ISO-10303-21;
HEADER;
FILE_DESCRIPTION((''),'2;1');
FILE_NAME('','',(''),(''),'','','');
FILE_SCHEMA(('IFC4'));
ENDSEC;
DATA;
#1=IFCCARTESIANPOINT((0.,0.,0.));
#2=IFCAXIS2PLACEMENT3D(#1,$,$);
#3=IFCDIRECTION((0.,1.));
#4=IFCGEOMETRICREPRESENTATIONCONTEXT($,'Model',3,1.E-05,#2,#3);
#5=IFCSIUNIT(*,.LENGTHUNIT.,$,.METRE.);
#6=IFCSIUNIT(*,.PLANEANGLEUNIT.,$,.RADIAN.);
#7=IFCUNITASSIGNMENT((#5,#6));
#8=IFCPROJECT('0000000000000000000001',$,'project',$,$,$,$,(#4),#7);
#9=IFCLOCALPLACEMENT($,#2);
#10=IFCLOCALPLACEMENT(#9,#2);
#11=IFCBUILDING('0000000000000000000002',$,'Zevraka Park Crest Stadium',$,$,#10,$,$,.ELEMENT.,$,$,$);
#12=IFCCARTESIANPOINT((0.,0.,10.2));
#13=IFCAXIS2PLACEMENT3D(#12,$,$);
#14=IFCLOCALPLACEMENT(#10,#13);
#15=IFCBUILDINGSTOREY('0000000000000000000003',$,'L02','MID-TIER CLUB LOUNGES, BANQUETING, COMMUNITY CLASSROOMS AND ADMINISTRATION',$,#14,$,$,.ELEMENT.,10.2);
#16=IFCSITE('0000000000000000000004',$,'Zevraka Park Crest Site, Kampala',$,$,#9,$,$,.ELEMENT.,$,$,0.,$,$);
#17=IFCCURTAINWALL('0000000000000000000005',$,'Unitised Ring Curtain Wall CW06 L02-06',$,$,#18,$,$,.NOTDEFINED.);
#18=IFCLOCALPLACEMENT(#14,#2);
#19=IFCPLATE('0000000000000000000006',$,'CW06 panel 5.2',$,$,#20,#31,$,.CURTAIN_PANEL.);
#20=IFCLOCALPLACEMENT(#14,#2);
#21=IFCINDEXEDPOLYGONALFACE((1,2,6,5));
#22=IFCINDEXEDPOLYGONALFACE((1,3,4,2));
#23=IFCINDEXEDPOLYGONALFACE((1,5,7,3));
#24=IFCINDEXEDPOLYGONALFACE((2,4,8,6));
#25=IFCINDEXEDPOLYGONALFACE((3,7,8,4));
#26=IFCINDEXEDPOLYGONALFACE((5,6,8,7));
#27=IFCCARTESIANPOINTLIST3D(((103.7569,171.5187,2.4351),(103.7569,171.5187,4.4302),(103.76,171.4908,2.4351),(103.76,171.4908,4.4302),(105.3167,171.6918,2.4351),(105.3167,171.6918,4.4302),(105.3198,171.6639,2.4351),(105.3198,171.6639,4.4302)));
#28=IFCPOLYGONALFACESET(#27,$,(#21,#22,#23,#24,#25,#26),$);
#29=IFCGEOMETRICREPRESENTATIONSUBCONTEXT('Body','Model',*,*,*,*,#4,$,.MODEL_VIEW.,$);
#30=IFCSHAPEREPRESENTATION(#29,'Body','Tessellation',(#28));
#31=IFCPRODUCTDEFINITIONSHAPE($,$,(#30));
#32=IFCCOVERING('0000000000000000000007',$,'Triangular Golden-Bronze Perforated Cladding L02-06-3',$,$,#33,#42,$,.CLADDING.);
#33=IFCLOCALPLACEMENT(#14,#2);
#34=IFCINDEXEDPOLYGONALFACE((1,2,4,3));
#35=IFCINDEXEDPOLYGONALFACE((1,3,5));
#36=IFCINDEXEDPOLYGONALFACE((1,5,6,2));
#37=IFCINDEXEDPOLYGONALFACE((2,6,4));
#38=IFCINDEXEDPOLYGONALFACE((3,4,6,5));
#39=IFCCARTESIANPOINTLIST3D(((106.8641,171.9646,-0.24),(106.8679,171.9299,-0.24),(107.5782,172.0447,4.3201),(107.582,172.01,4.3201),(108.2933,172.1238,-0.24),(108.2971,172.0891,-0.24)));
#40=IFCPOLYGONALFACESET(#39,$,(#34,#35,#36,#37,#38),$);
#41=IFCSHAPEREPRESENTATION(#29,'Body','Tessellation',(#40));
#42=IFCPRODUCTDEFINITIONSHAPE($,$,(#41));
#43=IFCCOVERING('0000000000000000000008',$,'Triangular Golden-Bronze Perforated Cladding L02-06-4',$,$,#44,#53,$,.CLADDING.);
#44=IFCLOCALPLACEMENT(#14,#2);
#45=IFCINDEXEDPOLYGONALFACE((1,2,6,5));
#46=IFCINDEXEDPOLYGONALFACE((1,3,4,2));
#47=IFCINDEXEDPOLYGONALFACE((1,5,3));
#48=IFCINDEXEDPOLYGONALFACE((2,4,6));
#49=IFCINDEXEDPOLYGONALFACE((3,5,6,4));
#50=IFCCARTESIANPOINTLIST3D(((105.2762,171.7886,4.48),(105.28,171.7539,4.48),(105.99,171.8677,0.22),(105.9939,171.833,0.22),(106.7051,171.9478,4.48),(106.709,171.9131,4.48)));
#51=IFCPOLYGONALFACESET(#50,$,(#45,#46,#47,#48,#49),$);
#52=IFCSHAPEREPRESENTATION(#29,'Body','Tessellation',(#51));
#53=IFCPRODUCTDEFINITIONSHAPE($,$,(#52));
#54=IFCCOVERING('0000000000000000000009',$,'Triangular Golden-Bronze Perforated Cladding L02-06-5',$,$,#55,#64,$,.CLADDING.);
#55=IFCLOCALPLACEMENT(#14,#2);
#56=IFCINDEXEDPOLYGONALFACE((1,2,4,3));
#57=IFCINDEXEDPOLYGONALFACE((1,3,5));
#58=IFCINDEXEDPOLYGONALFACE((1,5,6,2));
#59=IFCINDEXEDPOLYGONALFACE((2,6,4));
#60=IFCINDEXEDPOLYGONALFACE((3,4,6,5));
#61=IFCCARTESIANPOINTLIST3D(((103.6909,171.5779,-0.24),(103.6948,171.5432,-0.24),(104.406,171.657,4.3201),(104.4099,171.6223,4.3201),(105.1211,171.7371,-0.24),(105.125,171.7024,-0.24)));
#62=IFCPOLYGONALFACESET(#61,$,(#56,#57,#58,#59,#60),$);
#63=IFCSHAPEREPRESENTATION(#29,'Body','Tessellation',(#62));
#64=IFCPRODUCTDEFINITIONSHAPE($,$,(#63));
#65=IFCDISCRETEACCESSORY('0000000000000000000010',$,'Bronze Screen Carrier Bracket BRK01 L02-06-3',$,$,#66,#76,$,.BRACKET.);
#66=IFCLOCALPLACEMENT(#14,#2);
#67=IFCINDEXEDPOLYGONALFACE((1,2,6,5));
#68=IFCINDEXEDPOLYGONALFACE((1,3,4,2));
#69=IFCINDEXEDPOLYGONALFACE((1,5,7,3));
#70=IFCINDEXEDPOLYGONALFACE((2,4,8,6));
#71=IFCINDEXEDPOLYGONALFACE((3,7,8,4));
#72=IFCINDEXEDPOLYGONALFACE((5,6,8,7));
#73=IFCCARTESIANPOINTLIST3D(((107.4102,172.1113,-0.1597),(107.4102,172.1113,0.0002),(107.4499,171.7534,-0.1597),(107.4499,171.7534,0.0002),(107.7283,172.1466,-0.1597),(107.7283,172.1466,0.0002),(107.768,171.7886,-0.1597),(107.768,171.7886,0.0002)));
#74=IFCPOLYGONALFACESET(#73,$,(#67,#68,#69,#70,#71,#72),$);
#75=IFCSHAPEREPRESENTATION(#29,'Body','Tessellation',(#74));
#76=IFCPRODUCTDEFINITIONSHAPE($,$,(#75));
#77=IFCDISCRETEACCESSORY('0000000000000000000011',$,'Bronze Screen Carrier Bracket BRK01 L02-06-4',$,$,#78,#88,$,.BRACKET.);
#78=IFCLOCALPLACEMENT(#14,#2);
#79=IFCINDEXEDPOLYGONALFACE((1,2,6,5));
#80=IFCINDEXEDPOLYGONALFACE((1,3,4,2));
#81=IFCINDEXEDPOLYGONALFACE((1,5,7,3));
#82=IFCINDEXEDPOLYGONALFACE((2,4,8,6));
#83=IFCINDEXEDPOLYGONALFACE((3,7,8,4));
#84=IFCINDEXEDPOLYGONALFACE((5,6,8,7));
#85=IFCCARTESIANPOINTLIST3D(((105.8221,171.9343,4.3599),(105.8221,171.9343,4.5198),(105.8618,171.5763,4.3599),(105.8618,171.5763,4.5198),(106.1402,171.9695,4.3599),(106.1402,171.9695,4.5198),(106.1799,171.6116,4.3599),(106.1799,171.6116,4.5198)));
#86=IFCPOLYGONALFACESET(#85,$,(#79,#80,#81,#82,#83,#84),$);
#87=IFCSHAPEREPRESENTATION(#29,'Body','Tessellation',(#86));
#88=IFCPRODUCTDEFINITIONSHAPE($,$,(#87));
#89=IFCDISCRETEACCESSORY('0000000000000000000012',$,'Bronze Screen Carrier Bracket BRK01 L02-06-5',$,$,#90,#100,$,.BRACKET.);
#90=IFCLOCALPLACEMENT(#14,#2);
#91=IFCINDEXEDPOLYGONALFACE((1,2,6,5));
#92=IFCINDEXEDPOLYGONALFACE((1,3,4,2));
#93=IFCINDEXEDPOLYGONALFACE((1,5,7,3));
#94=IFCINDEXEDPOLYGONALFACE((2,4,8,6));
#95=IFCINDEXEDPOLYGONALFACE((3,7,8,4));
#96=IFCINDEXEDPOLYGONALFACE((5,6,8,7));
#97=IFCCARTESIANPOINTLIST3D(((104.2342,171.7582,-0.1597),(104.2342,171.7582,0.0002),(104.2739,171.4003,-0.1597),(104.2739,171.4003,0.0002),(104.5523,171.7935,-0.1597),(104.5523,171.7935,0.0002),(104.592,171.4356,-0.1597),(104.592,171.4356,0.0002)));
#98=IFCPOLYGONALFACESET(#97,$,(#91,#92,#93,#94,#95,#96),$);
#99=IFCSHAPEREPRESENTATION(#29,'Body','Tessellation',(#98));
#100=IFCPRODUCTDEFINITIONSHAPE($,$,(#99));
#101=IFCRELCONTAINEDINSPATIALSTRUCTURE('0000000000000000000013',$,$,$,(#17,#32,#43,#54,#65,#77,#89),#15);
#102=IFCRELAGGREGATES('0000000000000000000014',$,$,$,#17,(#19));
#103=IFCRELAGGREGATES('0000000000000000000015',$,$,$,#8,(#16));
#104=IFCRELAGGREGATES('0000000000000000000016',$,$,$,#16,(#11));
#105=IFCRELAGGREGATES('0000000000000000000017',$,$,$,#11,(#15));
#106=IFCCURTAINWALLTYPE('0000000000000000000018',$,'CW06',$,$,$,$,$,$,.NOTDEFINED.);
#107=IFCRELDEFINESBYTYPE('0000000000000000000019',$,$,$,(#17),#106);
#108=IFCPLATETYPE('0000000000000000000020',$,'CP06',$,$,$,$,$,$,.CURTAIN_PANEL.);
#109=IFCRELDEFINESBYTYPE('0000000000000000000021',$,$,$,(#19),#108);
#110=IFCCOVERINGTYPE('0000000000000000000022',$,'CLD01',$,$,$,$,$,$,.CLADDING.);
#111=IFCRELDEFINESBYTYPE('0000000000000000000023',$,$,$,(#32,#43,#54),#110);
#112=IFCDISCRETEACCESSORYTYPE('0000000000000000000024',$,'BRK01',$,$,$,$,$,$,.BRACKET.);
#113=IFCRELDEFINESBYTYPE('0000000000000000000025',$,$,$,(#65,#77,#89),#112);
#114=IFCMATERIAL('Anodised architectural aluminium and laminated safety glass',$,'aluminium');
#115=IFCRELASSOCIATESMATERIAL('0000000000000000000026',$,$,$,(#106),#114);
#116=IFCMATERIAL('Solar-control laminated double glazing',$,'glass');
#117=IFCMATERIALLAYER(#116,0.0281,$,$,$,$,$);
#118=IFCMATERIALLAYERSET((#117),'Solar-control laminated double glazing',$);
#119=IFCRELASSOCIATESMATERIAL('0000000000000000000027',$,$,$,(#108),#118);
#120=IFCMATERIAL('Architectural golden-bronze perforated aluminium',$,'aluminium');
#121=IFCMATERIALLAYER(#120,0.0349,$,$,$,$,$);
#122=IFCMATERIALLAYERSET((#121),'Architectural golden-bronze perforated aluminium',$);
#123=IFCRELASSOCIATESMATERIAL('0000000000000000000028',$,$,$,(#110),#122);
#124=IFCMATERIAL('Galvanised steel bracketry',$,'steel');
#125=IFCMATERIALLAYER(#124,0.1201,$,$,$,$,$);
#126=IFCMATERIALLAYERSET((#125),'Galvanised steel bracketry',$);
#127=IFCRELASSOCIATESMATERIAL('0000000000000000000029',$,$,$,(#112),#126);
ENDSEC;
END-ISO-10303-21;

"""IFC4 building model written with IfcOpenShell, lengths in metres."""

from ifc_helpers import new_model, si_unit, direction, frame, origin, origin_2d, place, context, subcontext, project, spatial, polyline, rectangle, outline, extrude, material, layer, layer_set, type_object, element, aggregate, save


model = new_model("IFC4")

# Units and contexts
model_context = context("Model", 3, precision=1e-05, world=origin(), true_north=direction((0.0, 1.0)))
body_context = subcontext(model_context, "Body", "Model", "MODEL_VIEW")
ifc_project = project(units=[si_unit("LENGTHUNIT", "METRE"), si_unit("PLANEANGLEUNIT", "RADIAN")], contexts=[model_context])

# Site, building, storey
site_placement = place(None, origin())
site = spatial("IfcSite", under=ifc_project, at=site_placement, Name="Zevraka Park Crest Site, Kampala", CompositionType="ELEMENT", RefElevation=0.0)
building_placement = place(site_placement, origin())
building = spatial("IfcBuilding", under=site, at=building_placement, Name="Zevraka Park Crest Stadium", CompositionType="ELEMENT")
storey_placement = place(building_placement, frame((0.0, 0.0, 10.2)))
storey = spatial("IfcBuildingStorey", under=building, at=storey_placement, Name="L02", Description="MID-TIER CLUB LOUNGES, BANQUETING, COMMUNITY CLASSROOMS AND ADMINISTRATION", CompositionType="ELEMENT", Elevation=10.2)

# Curtain wall, plate
ifc_material_1 = material(Name="Anodised architectural aluminium and laminated safety glass", Category="aluminium")
curtain_wall_type = type_object("IfcCurtainWallType", Name="CW06", PredefinedType="NOTDEFINED", material=ifc_material_1)
curtain_wall_placement = place(storey_placement, origin())
curtain_wall = element("IfcCurtainWall", 1, at=curtain_wall_placement, inside=storey, type_object=curtain_wall_type, Name="Unitised Ring Curtain Wall CW06 L02-06", PredefinedType="NOTDEFINED")
ifc_material_2 = material(Name="Solar-control laminated double glazing", Category="glass")
ifc_layer_1 = layer(ifc_material_2, 0.0281)
ifc_layer_set_1 = layer_set([ifc_layer_1], Name="Solar-control laminated double glazing")
plate_type = type_object("IfcPlateType", Name="CP06", PredefinedType="CURTAIN_PANEL", material=ifc_layer_set_1)
plate_1_placement = place(storey_placement, frame((104.5383, 171.5913, 2.4351), z_axis=(0.0, 0.0, 1.0), x_axis=(-0.993899, -0.110293, 0.0)))
plate_1 = element("IfcPlate", 2, at=plate_1_placement, type_object=plate_type, Name="CW06 panel 5.2", PredefinedType="CURTAIN_PANEL", context=body_context, shape_type="SweptSolid", body=[
    extrude(rectangle(XDim=1.5693, YDim=0.0281, at=origin_2d()), origin(), (0.0, 0.0, 1.0), 1.9951),
])
aggregate(curtain_wall, [plate_1])

# Coverings
ifc_material_3 = material(Name="Architectural golden-bronze perforated aluminium", Category="aluminium")
ifc_layer_2 = layer(ifc_material_3, 0.0349)
ifc_layer_set_2 = layer_set([ifc_layer_2], Name="Architectural golden-bronze perforated aluminium")
covering_type = type_object("IfcCoveringType", Name="CLD01", PredefinedType="CLADDING", material=ifc_layer_set_2)
covering_1_placement = place(storey_placement, frame((108.2971, 172.0891, -0.24), z_axis=(0.110692, -0.993855, 0.000118), x_axis=(-0.993855, -0.110692, 0.0)))
element("IfcCovering", 3, at=covering_1_placement, inside=storey, type_object=covering_type, Name="Triangular Golden-Bronze Perforated Cladding L02-06-3", PredefinedType="CLADDING", context=body_context, shape_type="SweptSolid", body=[
    extrude(outline(polyline([(0.0, 0.0), (1.438, 0.0), (0.7194, -4.5601), (0.0, 0.0)])), origin(), (0.0, 0.0, -1.0), 0.0349),
])
covering_2_placement = place(storey_placement, frame((105.28, 171.7539, 4.48), z_axis=(0.110711, -0.993853, 0.000098), x_axis=(0.993853, 0.110711, 0.0)))
element("IfcCovering", 4, at=covering_2_placement, inside=storey, type_object=covering_type, Name="Triangular Golden-Bronze Perforated Cladding L02-06-4", PredefinedType="CLADDING", context=body_context, shape_type="SweptSolid", body=[
    extrude(outline(polyline([(0.0, 0.0), (1.4378, 0.0), (0.7182, -4.26), (0.0, 0.0)])), origin(), (0.0, 0.0, -1.0), 0.0349),
])
covering_3_placement = place(storey_placement, frame((105.1211, 171.7371, -0.24), z_axis=(-0.110618, 0.993863, 0.000106), x_axis=(-0.993863, -0.110618, 0.0)))
element("IfcCovering", 5, at=covering_3_placement, inside=storey, type_object=covering_type, Name="Triangular Golden-Bronze Perforated Cladding L02-06-5", PredefinedType="CLADDING", context=body_context, shape_type="SweptSolid", body=[
    extrude(outline(polyline([(0.0, 0.0), (1.439, 0.0), (0.7196, 4.5601), (0.0, 0.0)])), origin(), (0.0, 0.0, -1.0), 0.0349),
])

# Discrete accessories
ifc_material_4 = material(Name="Galvanised steel bracketry", Category="steel")
ifc_layer_3 = layer(ifc_material_4, 0.1201)
ifc_layer_set_3 = layer_set([ifc_layer_3], Name="Galvanised steel bracketry")
discrete_accessory_type = type_object("IfcDiscreteAccessoryType", Name="BRK01", PredefinedType="BRACKET", material=ifc_layer_set_3)
for number, where, z_axis, x_axis, name in (
    (6, (107.5891, 171.95, -0.1597), (0.0, 0.0, 1.0), (-0.993903, -0.110255, 0.0), "Bronze Screen Carrier Bracket BRK01 L02-06-3"),
    (7, (106.001, 171.7729, 4.3599), (0.0, 0.0, 1.0), (-0.993903, -0.110255, 0.0), "Bronze Screen Carrier Bracket BRK01 L02-06-4"),
    (8, (104.4131, 171.5969, -0.1597), (0.0, 0.0, 1.0), (-0.993903, -0.110255, 0.0), "Bronze Screen Carrier Bracket BRK01 L02-06-5"),
):
    element("IfcDiscreteAccessory", number, at=place(storey_placement, frame(where, z_axis=z_axis, x_axis=x_axis)), inside=storey, type_object=discrete_accessory_type, Name=name, PredefinedType="BRACKET", context=body_context, shape_type="SweptSolid", body=[
        extrude(rectangle(XDim=0.3201, YDim=0.3601, at=origin_2d()), origin(), (0.0, 0.0, 1.0), 0.1599),
    ])

save(model, "model.ifc")
